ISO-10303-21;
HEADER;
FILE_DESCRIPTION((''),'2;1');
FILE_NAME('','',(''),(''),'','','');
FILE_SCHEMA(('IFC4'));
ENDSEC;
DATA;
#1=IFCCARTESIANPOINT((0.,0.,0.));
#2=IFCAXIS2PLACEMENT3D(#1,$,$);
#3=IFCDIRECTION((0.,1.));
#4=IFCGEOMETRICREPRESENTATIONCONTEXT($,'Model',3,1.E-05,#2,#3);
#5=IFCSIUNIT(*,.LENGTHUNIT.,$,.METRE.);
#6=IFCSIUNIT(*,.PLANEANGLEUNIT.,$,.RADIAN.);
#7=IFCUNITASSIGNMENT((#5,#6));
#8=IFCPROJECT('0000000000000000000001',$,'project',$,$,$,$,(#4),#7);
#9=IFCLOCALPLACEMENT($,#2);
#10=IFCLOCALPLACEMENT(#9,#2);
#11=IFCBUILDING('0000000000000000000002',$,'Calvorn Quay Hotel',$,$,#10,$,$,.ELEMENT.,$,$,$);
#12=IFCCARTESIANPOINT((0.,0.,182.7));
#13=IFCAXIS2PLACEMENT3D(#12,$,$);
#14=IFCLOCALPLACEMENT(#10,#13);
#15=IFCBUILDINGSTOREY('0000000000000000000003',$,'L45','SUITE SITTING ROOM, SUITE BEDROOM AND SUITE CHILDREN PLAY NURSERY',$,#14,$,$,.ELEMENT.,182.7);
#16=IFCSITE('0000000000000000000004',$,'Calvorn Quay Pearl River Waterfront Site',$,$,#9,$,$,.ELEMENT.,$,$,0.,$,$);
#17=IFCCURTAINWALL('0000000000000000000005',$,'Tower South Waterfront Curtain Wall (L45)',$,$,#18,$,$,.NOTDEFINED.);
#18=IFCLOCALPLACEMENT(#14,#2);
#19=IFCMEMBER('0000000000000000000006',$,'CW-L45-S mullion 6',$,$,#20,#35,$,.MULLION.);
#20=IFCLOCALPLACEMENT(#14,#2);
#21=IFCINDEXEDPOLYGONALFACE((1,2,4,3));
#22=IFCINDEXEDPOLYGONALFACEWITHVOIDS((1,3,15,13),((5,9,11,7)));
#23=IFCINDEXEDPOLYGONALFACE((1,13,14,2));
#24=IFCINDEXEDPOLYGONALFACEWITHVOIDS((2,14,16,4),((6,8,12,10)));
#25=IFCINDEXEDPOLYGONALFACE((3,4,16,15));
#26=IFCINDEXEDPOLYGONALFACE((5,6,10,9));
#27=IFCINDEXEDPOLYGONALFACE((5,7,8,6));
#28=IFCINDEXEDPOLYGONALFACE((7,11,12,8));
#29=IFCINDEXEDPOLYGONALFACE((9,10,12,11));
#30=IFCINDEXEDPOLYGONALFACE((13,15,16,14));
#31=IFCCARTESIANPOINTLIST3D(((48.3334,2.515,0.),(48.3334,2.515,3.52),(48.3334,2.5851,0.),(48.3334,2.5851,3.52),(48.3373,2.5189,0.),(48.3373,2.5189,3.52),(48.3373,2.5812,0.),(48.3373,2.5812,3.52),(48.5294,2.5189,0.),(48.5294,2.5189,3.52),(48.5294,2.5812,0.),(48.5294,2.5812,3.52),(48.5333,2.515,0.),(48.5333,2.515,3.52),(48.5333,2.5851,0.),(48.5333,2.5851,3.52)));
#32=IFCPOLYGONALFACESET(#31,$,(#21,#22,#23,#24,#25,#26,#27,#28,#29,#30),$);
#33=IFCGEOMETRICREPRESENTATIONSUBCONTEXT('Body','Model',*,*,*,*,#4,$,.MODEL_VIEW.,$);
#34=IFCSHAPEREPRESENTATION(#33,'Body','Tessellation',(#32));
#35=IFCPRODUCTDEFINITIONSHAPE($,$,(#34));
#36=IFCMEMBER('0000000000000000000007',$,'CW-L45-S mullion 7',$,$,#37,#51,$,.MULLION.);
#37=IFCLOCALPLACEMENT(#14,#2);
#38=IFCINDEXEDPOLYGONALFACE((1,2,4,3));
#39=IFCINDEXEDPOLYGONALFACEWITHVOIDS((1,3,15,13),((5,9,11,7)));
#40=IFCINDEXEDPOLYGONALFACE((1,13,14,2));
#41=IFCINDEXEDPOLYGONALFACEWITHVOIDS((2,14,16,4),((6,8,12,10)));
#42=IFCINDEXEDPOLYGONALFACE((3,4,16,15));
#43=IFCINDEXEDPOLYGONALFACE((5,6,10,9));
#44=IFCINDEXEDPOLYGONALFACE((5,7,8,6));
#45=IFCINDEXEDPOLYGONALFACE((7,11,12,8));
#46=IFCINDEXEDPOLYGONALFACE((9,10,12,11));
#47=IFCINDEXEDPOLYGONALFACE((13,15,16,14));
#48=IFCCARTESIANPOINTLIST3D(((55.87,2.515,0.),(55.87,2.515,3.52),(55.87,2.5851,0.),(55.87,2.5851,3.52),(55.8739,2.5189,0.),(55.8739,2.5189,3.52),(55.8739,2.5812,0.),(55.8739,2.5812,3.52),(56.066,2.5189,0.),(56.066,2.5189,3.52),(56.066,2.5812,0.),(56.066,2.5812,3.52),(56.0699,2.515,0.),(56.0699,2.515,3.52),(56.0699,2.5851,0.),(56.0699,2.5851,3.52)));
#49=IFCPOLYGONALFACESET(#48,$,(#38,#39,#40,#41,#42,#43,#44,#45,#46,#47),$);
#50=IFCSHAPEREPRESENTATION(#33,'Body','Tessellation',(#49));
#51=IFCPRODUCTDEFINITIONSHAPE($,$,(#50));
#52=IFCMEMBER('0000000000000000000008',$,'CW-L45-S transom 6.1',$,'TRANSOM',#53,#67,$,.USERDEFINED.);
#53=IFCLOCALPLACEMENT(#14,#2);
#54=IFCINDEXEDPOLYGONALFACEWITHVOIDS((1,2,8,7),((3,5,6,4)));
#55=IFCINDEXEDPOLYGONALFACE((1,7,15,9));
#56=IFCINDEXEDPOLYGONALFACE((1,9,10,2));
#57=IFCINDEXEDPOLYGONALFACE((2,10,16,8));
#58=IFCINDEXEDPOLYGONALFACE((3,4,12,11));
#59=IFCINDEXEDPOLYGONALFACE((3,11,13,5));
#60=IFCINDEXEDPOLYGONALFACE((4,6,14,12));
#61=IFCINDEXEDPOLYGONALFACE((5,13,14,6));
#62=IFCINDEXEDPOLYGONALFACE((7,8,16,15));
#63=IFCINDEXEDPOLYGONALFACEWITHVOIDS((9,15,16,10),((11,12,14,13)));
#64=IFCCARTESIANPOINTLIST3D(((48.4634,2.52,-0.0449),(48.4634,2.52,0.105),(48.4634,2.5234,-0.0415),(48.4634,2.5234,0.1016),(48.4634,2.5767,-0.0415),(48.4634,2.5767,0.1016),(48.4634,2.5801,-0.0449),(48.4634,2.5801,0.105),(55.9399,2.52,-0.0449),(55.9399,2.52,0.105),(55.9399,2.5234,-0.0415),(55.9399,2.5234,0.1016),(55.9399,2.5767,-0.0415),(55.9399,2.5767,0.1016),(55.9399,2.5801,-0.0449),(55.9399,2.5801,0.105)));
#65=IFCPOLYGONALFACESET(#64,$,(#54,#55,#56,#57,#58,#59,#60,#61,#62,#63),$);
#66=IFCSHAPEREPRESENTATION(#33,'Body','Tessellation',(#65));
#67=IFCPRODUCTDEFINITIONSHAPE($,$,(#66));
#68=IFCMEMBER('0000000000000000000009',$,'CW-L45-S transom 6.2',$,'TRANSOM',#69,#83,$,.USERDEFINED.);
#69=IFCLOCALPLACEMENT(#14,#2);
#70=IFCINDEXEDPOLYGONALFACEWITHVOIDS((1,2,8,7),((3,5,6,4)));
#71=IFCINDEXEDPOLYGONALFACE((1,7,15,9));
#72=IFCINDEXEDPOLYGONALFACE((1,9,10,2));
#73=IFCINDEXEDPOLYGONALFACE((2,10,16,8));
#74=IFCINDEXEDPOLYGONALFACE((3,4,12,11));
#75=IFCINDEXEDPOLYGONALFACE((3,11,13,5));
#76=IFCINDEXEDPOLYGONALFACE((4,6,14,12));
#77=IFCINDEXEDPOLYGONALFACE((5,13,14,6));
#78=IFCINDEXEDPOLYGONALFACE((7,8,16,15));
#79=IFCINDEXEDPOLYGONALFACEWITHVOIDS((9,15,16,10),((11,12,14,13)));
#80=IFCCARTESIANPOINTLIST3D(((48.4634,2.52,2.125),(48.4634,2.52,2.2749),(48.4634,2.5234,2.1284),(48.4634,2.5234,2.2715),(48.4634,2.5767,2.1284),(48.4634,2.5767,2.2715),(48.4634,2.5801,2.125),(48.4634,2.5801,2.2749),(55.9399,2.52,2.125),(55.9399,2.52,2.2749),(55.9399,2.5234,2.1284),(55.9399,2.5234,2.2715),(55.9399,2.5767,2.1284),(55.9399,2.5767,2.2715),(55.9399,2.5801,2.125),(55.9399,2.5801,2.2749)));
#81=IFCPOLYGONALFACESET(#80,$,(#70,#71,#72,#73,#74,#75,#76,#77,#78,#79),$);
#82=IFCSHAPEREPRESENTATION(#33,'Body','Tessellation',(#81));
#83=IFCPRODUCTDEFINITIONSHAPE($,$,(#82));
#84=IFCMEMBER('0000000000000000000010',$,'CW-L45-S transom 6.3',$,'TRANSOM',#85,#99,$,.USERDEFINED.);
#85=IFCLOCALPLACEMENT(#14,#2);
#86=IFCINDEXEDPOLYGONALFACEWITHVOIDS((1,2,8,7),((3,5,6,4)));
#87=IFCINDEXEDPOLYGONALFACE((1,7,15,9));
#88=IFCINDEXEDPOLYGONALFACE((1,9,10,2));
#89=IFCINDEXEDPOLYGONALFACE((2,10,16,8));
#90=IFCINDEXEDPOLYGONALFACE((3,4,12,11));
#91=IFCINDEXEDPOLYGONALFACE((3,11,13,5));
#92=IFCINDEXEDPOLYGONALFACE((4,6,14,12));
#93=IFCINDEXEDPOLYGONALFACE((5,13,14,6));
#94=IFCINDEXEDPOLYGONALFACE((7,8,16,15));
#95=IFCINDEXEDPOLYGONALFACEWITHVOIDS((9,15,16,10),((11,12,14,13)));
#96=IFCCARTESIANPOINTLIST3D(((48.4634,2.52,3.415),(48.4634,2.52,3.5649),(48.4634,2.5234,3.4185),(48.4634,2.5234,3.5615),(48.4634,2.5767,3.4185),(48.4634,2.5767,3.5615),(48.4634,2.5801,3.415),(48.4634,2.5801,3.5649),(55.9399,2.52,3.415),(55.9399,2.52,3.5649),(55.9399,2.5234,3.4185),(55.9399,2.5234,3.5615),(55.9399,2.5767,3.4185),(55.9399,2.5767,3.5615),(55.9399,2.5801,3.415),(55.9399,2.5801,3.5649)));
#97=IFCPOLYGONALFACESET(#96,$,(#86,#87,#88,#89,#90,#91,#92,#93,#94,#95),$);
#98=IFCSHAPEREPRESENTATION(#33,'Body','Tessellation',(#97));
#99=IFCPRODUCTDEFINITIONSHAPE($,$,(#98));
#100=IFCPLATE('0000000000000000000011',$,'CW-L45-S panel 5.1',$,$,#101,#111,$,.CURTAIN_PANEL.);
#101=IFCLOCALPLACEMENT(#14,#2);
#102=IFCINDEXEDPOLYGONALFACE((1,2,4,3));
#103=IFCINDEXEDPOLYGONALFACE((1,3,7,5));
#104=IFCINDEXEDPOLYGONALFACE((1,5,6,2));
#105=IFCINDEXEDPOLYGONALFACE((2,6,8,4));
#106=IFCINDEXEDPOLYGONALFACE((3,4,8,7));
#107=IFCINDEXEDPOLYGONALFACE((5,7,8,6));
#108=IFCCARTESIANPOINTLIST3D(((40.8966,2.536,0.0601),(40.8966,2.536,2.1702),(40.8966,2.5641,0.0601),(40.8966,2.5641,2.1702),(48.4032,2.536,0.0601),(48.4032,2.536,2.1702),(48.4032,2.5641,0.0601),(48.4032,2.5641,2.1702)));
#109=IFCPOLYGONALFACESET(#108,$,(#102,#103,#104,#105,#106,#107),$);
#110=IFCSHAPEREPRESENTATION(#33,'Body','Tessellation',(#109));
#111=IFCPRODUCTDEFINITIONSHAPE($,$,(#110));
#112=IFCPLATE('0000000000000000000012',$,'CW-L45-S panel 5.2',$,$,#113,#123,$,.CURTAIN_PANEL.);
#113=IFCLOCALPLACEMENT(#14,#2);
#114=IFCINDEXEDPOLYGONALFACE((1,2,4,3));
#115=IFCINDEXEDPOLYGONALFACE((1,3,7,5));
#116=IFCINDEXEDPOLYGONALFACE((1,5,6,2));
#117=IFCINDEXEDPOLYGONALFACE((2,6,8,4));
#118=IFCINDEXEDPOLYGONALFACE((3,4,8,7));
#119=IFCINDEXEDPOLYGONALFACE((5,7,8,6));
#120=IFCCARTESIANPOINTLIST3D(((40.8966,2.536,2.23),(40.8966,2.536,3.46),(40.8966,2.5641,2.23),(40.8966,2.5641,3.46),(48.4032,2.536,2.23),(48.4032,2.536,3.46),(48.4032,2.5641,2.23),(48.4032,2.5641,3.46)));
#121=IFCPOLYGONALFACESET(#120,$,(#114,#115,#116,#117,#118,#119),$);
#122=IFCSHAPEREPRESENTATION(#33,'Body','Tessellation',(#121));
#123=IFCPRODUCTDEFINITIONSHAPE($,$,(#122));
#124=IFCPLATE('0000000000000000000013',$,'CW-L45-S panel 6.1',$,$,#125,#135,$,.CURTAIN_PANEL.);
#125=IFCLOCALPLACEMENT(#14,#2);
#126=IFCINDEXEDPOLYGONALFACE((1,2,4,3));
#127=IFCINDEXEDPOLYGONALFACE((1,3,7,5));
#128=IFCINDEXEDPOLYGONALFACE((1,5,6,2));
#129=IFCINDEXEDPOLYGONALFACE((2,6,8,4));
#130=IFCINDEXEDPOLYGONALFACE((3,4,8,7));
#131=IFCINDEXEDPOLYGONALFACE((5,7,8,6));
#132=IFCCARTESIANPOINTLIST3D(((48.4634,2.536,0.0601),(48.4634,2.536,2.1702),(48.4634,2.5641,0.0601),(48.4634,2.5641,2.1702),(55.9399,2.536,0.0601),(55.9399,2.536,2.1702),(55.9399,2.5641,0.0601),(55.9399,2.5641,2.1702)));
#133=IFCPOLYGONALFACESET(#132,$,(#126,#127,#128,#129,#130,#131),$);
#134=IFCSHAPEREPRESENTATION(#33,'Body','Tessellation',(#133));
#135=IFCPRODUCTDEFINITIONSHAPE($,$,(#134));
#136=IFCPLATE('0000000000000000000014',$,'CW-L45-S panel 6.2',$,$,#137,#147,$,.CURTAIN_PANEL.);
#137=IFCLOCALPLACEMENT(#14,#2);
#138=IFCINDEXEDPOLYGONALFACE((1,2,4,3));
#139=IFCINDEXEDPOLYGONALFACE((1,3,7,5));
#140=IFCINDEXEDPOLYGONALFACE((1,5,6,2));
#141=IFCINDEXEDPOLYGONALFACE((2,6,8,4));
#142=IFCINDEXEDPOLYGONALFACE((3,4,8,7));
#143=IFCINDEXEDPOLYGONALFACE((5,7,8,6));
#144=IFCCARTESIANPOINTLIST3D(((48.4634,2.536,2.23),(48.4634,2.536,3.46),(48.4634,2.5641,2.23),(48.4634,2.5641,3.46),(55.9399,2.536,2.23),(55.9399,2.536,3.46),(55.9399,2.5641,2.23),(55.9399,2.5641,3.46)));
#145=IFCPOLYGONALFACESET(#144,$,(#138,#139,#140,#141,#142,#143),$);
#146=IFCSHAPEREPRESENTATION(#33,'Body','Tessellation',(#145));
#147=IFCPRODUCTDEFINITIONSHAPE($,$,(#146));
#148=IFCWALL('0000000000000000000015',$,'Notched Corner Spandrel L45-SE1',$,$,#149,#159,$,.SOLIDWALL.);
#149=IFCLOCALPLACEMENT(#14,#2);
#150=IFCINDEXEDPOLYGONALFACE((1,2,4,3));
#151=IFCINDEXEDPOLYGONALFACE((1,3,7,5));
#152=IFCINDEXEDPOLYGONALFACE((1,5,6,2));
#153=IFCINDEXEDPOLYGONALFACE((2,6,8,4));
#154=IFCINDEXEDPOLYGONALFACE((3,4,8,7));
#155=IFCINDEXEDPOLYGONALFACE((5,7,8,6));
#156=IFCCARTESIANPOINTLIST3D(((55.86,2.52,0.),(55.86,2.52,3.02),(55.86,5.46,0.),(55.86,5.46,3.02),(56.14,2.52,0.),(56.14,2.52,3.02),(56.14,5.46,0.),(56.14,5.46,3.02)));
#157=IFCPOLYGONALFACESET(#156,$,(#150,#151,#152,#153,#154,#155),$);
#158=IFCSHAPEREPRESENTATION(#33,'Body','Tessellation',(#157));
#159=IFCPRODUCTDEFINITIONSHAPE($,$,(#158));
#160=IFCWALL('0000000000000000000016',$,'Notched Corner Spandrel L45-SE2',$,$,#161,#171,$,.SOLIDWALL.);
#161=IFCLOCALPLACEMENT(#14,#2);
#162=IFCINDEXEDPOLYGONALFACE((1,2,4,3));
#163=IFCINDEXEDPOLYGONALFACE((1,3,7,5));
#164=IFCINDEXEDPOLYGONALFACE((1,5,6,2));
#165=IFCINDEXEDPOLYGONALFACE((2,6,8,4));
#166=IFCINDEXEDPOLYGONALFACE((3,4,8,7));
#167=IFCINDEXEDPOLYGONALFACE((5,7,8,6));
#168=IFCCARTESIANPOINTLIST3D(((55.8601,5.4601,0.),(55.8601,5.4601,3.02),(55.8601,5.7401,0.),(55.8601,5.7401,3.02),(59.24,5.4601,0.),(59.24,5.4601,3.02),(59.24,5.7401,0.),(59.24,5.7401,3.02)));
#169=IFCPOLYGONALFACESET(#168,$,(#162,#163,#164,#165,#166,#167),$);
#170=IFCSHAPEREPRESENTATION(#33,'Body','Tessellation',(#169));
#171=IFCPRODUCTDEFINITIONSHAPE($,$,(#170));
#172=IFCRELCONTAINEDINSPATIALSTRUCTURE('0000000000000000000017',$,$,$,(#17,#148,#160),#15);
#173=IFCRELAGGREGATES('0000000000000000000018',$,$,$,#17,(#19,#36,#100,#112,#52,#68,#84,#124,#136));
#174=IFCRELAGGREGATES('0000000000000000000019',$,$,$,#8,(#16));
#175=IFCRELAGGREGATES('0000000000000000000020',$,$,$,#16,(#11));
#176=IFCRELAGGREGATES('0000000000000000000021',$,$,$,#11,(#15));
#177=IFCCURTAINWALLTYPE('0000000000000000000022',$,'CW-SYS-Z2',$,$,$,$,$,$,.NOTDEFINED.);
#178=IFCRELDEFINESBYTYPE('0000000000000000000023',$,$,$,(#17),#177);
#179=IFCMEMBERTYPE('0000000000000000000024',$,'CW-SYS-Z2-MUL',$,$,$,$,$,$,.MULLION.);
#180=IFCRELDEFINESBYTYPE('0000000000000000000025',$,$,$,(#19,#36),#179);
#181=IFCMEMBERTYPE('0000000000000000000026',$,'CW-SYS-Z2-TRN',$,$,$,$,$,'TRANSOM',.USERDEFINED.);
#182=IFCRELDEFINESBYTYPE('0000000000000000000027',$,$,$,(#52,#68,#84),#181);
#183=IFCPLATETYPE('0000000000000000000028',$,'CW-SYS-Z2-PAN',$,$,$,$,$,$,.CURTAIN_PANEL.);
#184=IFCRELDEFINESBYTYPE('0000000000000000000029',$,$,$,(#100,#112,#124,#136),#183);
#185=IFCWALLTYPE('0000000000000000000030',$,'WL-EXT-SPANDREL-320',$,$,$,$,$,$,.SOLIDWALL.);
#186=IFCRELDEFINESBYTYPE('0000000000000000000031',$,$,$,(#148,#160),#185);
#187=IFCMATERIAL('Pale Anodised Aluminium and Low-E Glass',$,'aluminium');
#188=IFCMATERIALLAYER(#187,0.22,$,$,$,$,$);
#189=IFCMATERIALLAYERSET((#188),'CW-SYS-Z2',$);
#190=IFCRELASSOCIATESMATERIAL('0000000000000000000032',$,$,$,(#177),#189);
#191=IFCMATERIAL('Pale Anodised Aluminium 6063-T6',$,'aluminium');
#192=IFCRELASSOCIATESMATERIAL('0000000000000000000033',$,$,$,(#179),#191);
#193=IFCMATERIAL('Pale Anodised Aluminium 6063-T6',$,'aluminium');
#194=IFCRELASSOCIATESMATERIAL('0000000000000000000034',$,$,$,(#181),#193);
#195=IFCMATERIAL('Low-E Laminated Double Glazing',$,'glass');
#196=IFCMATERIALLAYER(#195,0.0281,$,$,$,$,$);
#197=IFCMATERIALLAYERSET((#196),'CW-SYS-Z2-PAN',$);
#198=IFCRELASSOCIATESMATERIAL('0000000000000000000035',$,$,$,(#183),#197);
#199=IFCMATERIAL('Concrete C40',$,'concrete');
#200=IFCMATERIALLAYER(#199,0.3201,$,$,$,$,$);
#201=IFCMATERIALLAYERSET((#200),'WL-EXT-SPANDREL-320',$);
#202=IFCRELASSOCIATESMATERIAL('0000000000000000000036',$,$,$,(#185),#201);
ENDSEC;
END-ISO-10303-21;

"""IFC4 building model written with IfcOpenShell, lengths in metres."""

from ifc_helpers import new_model, si_unit, direction, frame, frame_2d, origin, origin_2d, place, context, subcontext, project, spatial, rectangle, hollow_rectangle, extrude, material, layer, layer_set, material_profile, profile_set, type_object, element, aggregate, save


model = new_model("IFC4")

# Units and contexts
model_context = context("Model", 3, precision=1e-05, world=origin(), true_north=direction((0.0, 1.0)))
body_context = subcontext(model_context, "Body", "Model", "MODEL_VIEW")
ifc_project = project(units=[si_unit("LENGTHUNIT", "METRE"), si_unit("PLANEANGLEUNIT", "RADIAN")], contexts=[model_context])

# Site, building, storey
site_placement = place(None, origin())
site = spatial("IfcSite", under=ifc_project, at=site_placement, Name="Calvorn Quay Pearl River Waterfront Site", CompositionType="ELEMENT", RefElevation=0.0)
building_placement = place(site_placement, origin())
building = spatial("IfcBuilding", under=site, at=building_placement, Name="Calvorn Quay Hotel", CompositionType="ELEMENT")
storey_placement = place(building_placement, frame((0.0, 0.0, 182.7)))
storey = spatial("IfcBuildingStorey", under=building, at=storey_placement, Name="L45", Description="SUITE SITTING ROOM, SUITE BEDROOM AND SUITE CHILDREN PLAY NURSERY", CompositionType="ELEMENT", Elevation=182.7)

# Curtain wall, members, plates
ifc_material_1 = material(Name="Pale Anodised Aluminium and Low-E Glass", Category="aluminium")
ifc_layer_1 = layer(ifc_material_1, 0.22)
ifc_layer_set_1 = layer_set([ifc_layer_1], Name="CW-SYS-Z2")
curtain_wall_type = type_object("IfcCurtainWallType", Name="CW-SYS-Z2", PredefinedType="NOTDEFINED", material=ifc_layer_set_1)
curtain_wall_placement = place(storey_placement, origin())
curtain_wall = element("IfcCurtainWall", 1, at=curtain_wall_placement, inside=storey, type_object=curtain_wall_type, Name="Tower South Waterfront Curtain Wall (L45)", PredefinedType="NOTDEFINED")
ifc_material_2 = material(Name="Pale Anodised Aluminium 6063-T6", Category="aluminium")
ifc_material_profile_1 = material_profile(ifc_material_2, hollow_rectangle(XDim=0.0701, YDim=0.2, WallThickness=0.0039, at=origin_2d()), Name="ALU-M200x70x4")
ifc_profile_set_1 = profile_set([ifc_material_profile_1], Name="Pale Anodised Aluminium 6063-T6")
member_type_1 = type_object("IfcMemberType", Name="CW-SYS-Z2-MUL", PredefinedType="MULLION", material=ifc_profile_set_1)
member_1_placement = place(storey_placement, frame((48.4333, 2.55, 0.0), z_axis=(0.0, 0.0, 1.0), x_axis=(0.0, 1.0, 0.0)))
member_1 = element("IfcMember", 2, at=member_1_placement, type_object=member_type_1, Name="CW-L45-S mullion 6", PredefinedType="MULLION", context=body_context, shape_type="SweptSolid", body=[
    extrude(hollow_rectangle(XDim=0.0701, YDim=0.2, WallThickness=0.0039, at=origin_2d()), origin(), (0.0, 0.0, 1.0), 3.52),
])
member_2_placement = place(storey_placement, frame((55.97, 2.55, 0.0), z_axis=(0.0, 0.0, 1.0), x_axis=(0.0, 1.0, 0.0)))
member_2 = element("IfcMember", 3, at=member_2_placement, type_object=member_type_1, Name="CW-L45-S mullion 7", PredefinedType="MULLION", context=body_context, shape_type="SweptSolid", body=[
    extrude(hollow_rectangle(XDim=0.0701, YDim=0.2, WallThickness=0.0039, at=origin_2d()), origin(), (0.0, 0.0, 1.0), 3.52),
])
ifc_material_3 = material(Name="Pale Anodised Aluminium 6063-T6", Category="aluminium")
ifc_material_profile_2 = material_profile(ifc_material_3, hollow_rectangle(XDim=0.0601, YDim=0.1499, WallThickness=0.0034, at=origin_2d()), Name="ALU-T150x60x3.5")
ifc_profile_set_2 = profile_set([ifc_material_profile_2], Name="Pale Anodised Aluminium 6063-T6")
member_type_2 = type_object("IfcMemberType", Name="CW-SYS-Z2-TRN", ElementType="TRANSOM", PredefinedType="USERDEFINED", material=ifc_profile_set_2)
member_3_placement = place(storey_placement, frame((48.4634, 2.55, 0.03), z_axis=(1.0, 0.0, 0.0), x_axis=(0.0, 1.0, 0.0)))
member_3 = element("IfcMember", 4, at=member_3_placement, type_object=member_type_2, Name="CW-L45-S transom 6.1", ObjectType="TRANSOM", PredefinedType="USERDEFINED", context=body_context, shape_type="SweptSolid", body=[
    extrude(hollow_rectangle(XDim=0.0601, YDim=0.1499, WallThickness=0.0034, at=origin_2d()), origin(), (0.0, 0.0, 1.0), 7.4766),
])
member_4_placement = place(storey_placement, frame((48.4634, 2.55, 2.2), z_axis=(1.0, 0.0, 0.0), x_axis=(0.0, 1.0, 0.0)))
member_4 = element("IfcMember", 5, at=member_4_placement, type_object=member_type_2, Name="CW-L45-S transom 6.2", ObjectType="TRANSOM", PredefinedType="USERDEFINED", context=body_context, shape_type="SweptSolid", body=[
    extrude(hollow_rectangle(XDim=0.0601, YDim=0.1499, WallThickness=0.0034, at=origin_2d()), origin(), (0.0, 0.0, 1.0), 7.4766),
])
member_5_placement = place(storey_placement, frame((48.4634, 2.55, 3.49), z_axis=(1.0, 0.0, 0.0), x_axis=(0.0, 1.0, 0.0)))
member_5 = element("IfcMember", 6, at=member_5_placement, type_object=member_type_2, Name="CW-L45-S transom 6.3", ObjectType="TRANSOM", PredefinedType="USERDEFINED", context=body_context, shape_type="SweptSolid", body=[
    extrude(hollow_rectangle(XDim=0.0601, YDim=0.1499, WallThickness=0.0034, at=origin_2d()), origin(), (0.0, 0.0, 1.0), 7.4766),
])
ifc_material_4 = material(Name="Low-E Laminated Double Glazing", Category="glass")
ifc_layer_2 = layer(ifc_material_4, 0.0281)
ifc_layer_set_2 = layer_set([ifc_layer_2], Name="CW-SYS-Z2-PAN")
plate_type = type_object("IfcPlateType", Name="CW-SYS-Z2-PAN", PredefinedType="CURTAIN_PANEL", material=ifc_layer_set_2)
plate_1_placement = place(storey_placement, frame((44.6499, 2.55, 0.0601), z_axis=(0.0, 0.0, 1.0), x_axis=(1.0, 0.0, 0.0)))
plate_1 = element("IfcPlate", 7, at=plate_1_placement, type_object=plate_type, Name="CW-L45-S panel 5.1", PredefinedType="CURTAIN_PANEL", context=body_context, shape_type="SweptSolid", body=[
    extrude(rectangle(XDim=7.5066, YDim=0.0281, at=origin_2d()), origin(), (0.0, 0.0, 1.0), 2.1101),
])
plate_2_placement = place(storey_placement, frame((44.6499, 2.55, 2.23), z_axis=(0.0, 0.0, 1.0), x_axis=(1.0, 0.0, 0.0)))
plate_2 = element("IfcPlate", 8, at=plate_2_placement, type_object=plate_type, Name="CW-L45-S panel 5.2", PredefinedType="CURTAIN_PANEL", context=body_context, shape_type="SweptSolid", body=[
    extrude(rectangle(XDim=7.5066, YDim=0.0281, at=origin_2d()), origin(), (0.0, 0.0, 1.0), 1.23),
])
plate_3_placement = place(storey_placement, frame((52.2017, 2.55, 0.0601), z_axis=(0.0, 0.0, 1.0), x_axis=(1.0, 0.0, 0.0)))
plate_3 = element("IfcPlate", 9, at=plate_3_placement, type_object=plate_type, Name="CW-L45-S panel 6.1", PredefinedType="CURTAIN_PANEL", context=body_context, shape_type="SweptSolid", body=[
    extrude(rectangle(XDim=7.4766, YDim=0.0281, at=origin_2d()), origin(), (0.0, 0.0, 1.0), 2.1101),
])
plate_4_placement = place(storey_placement, frame((52.2017, 2.55, 2.23), z_axis=(0.0, 0.0, 1.0), x_axis=(1.0, 0.0, 0.0)))
plate_4 = element("IfcPlate", 10, at=plate_4_placement, type_object=plate_type, Name="CW-L45-S panel 6.2", PredefinedType="CURTAIN_PANEL", context=body_context, shape_type="SweptSolid", body=[
    extrude(rectangle(XDim=7.4766, YDim=0.0281, at=origin_2d()), origin(), (0.0, 0.0, 1.0), 1.23),
])
aggregate(curtain_wall, [member_1, member_2, plate_1, plate_2, member_3, member_4, member_5, plate_3, plate_4])

# Walls
ifc_material_5 = material(Name="Concrete C40", Category="concrete")
ifc_layer_3 = layer(ifc_material_5, 0.3201)
ifc_layer_set_3 = layer_set([ifc_layer_3], Name="WL-EXT-SPANDREL-320")
wall_type_1 = type_object("IfcWallType", Name="WL-EXT-SPANDREL-320", PredefinedType="SOLIDWALL", material=ifc_layer_set_3)
wall_1_placement = place(storey_placement, frame((56.0, 2.52, 0.0), z_axis=(0.0, 0.0, 1.0), x_axis=(0.0, 1.0, 0.0)))
element("IfcWall", 11, at=wall_1_placement, inside=storey, type_object=wall_type_1, Name="Notched Corner Spandrel L45-SE1", PredefinedType="SOLIDWALL", context=body_context, shape_type="SweptSolid", body=[
    extrude(rectangle(XDim=2.9399, YDim=0.28, at=frame_2d((1.47, 0.0))), origin(), (0.0, 0.0, 1.0), 3.02),
])
wall_2_placement = place(storey_placement, frame((55.8601, 5.6001, 0.0), z_axis=(0.0, 0.0, 1.0), x_axis=(1.0, 0.0, 0.0)))
element("IfcWall", 12, at=wall_2_placement, inside=storey, type_object=wall_type_1, Name="Notched Corner Spandrel L45-SE2", PredefinedType="SOLIDWALL", context=body_context, shape_type="SweptSolid", body=[
    extrude(rectangle(XDim=3.3799, YDim=0.28, at=frame_2d((1.6899, 0.0))), origin(), (0.0, 0.0, 1.0), 3.02),
])

save(model, "model.ifc")
